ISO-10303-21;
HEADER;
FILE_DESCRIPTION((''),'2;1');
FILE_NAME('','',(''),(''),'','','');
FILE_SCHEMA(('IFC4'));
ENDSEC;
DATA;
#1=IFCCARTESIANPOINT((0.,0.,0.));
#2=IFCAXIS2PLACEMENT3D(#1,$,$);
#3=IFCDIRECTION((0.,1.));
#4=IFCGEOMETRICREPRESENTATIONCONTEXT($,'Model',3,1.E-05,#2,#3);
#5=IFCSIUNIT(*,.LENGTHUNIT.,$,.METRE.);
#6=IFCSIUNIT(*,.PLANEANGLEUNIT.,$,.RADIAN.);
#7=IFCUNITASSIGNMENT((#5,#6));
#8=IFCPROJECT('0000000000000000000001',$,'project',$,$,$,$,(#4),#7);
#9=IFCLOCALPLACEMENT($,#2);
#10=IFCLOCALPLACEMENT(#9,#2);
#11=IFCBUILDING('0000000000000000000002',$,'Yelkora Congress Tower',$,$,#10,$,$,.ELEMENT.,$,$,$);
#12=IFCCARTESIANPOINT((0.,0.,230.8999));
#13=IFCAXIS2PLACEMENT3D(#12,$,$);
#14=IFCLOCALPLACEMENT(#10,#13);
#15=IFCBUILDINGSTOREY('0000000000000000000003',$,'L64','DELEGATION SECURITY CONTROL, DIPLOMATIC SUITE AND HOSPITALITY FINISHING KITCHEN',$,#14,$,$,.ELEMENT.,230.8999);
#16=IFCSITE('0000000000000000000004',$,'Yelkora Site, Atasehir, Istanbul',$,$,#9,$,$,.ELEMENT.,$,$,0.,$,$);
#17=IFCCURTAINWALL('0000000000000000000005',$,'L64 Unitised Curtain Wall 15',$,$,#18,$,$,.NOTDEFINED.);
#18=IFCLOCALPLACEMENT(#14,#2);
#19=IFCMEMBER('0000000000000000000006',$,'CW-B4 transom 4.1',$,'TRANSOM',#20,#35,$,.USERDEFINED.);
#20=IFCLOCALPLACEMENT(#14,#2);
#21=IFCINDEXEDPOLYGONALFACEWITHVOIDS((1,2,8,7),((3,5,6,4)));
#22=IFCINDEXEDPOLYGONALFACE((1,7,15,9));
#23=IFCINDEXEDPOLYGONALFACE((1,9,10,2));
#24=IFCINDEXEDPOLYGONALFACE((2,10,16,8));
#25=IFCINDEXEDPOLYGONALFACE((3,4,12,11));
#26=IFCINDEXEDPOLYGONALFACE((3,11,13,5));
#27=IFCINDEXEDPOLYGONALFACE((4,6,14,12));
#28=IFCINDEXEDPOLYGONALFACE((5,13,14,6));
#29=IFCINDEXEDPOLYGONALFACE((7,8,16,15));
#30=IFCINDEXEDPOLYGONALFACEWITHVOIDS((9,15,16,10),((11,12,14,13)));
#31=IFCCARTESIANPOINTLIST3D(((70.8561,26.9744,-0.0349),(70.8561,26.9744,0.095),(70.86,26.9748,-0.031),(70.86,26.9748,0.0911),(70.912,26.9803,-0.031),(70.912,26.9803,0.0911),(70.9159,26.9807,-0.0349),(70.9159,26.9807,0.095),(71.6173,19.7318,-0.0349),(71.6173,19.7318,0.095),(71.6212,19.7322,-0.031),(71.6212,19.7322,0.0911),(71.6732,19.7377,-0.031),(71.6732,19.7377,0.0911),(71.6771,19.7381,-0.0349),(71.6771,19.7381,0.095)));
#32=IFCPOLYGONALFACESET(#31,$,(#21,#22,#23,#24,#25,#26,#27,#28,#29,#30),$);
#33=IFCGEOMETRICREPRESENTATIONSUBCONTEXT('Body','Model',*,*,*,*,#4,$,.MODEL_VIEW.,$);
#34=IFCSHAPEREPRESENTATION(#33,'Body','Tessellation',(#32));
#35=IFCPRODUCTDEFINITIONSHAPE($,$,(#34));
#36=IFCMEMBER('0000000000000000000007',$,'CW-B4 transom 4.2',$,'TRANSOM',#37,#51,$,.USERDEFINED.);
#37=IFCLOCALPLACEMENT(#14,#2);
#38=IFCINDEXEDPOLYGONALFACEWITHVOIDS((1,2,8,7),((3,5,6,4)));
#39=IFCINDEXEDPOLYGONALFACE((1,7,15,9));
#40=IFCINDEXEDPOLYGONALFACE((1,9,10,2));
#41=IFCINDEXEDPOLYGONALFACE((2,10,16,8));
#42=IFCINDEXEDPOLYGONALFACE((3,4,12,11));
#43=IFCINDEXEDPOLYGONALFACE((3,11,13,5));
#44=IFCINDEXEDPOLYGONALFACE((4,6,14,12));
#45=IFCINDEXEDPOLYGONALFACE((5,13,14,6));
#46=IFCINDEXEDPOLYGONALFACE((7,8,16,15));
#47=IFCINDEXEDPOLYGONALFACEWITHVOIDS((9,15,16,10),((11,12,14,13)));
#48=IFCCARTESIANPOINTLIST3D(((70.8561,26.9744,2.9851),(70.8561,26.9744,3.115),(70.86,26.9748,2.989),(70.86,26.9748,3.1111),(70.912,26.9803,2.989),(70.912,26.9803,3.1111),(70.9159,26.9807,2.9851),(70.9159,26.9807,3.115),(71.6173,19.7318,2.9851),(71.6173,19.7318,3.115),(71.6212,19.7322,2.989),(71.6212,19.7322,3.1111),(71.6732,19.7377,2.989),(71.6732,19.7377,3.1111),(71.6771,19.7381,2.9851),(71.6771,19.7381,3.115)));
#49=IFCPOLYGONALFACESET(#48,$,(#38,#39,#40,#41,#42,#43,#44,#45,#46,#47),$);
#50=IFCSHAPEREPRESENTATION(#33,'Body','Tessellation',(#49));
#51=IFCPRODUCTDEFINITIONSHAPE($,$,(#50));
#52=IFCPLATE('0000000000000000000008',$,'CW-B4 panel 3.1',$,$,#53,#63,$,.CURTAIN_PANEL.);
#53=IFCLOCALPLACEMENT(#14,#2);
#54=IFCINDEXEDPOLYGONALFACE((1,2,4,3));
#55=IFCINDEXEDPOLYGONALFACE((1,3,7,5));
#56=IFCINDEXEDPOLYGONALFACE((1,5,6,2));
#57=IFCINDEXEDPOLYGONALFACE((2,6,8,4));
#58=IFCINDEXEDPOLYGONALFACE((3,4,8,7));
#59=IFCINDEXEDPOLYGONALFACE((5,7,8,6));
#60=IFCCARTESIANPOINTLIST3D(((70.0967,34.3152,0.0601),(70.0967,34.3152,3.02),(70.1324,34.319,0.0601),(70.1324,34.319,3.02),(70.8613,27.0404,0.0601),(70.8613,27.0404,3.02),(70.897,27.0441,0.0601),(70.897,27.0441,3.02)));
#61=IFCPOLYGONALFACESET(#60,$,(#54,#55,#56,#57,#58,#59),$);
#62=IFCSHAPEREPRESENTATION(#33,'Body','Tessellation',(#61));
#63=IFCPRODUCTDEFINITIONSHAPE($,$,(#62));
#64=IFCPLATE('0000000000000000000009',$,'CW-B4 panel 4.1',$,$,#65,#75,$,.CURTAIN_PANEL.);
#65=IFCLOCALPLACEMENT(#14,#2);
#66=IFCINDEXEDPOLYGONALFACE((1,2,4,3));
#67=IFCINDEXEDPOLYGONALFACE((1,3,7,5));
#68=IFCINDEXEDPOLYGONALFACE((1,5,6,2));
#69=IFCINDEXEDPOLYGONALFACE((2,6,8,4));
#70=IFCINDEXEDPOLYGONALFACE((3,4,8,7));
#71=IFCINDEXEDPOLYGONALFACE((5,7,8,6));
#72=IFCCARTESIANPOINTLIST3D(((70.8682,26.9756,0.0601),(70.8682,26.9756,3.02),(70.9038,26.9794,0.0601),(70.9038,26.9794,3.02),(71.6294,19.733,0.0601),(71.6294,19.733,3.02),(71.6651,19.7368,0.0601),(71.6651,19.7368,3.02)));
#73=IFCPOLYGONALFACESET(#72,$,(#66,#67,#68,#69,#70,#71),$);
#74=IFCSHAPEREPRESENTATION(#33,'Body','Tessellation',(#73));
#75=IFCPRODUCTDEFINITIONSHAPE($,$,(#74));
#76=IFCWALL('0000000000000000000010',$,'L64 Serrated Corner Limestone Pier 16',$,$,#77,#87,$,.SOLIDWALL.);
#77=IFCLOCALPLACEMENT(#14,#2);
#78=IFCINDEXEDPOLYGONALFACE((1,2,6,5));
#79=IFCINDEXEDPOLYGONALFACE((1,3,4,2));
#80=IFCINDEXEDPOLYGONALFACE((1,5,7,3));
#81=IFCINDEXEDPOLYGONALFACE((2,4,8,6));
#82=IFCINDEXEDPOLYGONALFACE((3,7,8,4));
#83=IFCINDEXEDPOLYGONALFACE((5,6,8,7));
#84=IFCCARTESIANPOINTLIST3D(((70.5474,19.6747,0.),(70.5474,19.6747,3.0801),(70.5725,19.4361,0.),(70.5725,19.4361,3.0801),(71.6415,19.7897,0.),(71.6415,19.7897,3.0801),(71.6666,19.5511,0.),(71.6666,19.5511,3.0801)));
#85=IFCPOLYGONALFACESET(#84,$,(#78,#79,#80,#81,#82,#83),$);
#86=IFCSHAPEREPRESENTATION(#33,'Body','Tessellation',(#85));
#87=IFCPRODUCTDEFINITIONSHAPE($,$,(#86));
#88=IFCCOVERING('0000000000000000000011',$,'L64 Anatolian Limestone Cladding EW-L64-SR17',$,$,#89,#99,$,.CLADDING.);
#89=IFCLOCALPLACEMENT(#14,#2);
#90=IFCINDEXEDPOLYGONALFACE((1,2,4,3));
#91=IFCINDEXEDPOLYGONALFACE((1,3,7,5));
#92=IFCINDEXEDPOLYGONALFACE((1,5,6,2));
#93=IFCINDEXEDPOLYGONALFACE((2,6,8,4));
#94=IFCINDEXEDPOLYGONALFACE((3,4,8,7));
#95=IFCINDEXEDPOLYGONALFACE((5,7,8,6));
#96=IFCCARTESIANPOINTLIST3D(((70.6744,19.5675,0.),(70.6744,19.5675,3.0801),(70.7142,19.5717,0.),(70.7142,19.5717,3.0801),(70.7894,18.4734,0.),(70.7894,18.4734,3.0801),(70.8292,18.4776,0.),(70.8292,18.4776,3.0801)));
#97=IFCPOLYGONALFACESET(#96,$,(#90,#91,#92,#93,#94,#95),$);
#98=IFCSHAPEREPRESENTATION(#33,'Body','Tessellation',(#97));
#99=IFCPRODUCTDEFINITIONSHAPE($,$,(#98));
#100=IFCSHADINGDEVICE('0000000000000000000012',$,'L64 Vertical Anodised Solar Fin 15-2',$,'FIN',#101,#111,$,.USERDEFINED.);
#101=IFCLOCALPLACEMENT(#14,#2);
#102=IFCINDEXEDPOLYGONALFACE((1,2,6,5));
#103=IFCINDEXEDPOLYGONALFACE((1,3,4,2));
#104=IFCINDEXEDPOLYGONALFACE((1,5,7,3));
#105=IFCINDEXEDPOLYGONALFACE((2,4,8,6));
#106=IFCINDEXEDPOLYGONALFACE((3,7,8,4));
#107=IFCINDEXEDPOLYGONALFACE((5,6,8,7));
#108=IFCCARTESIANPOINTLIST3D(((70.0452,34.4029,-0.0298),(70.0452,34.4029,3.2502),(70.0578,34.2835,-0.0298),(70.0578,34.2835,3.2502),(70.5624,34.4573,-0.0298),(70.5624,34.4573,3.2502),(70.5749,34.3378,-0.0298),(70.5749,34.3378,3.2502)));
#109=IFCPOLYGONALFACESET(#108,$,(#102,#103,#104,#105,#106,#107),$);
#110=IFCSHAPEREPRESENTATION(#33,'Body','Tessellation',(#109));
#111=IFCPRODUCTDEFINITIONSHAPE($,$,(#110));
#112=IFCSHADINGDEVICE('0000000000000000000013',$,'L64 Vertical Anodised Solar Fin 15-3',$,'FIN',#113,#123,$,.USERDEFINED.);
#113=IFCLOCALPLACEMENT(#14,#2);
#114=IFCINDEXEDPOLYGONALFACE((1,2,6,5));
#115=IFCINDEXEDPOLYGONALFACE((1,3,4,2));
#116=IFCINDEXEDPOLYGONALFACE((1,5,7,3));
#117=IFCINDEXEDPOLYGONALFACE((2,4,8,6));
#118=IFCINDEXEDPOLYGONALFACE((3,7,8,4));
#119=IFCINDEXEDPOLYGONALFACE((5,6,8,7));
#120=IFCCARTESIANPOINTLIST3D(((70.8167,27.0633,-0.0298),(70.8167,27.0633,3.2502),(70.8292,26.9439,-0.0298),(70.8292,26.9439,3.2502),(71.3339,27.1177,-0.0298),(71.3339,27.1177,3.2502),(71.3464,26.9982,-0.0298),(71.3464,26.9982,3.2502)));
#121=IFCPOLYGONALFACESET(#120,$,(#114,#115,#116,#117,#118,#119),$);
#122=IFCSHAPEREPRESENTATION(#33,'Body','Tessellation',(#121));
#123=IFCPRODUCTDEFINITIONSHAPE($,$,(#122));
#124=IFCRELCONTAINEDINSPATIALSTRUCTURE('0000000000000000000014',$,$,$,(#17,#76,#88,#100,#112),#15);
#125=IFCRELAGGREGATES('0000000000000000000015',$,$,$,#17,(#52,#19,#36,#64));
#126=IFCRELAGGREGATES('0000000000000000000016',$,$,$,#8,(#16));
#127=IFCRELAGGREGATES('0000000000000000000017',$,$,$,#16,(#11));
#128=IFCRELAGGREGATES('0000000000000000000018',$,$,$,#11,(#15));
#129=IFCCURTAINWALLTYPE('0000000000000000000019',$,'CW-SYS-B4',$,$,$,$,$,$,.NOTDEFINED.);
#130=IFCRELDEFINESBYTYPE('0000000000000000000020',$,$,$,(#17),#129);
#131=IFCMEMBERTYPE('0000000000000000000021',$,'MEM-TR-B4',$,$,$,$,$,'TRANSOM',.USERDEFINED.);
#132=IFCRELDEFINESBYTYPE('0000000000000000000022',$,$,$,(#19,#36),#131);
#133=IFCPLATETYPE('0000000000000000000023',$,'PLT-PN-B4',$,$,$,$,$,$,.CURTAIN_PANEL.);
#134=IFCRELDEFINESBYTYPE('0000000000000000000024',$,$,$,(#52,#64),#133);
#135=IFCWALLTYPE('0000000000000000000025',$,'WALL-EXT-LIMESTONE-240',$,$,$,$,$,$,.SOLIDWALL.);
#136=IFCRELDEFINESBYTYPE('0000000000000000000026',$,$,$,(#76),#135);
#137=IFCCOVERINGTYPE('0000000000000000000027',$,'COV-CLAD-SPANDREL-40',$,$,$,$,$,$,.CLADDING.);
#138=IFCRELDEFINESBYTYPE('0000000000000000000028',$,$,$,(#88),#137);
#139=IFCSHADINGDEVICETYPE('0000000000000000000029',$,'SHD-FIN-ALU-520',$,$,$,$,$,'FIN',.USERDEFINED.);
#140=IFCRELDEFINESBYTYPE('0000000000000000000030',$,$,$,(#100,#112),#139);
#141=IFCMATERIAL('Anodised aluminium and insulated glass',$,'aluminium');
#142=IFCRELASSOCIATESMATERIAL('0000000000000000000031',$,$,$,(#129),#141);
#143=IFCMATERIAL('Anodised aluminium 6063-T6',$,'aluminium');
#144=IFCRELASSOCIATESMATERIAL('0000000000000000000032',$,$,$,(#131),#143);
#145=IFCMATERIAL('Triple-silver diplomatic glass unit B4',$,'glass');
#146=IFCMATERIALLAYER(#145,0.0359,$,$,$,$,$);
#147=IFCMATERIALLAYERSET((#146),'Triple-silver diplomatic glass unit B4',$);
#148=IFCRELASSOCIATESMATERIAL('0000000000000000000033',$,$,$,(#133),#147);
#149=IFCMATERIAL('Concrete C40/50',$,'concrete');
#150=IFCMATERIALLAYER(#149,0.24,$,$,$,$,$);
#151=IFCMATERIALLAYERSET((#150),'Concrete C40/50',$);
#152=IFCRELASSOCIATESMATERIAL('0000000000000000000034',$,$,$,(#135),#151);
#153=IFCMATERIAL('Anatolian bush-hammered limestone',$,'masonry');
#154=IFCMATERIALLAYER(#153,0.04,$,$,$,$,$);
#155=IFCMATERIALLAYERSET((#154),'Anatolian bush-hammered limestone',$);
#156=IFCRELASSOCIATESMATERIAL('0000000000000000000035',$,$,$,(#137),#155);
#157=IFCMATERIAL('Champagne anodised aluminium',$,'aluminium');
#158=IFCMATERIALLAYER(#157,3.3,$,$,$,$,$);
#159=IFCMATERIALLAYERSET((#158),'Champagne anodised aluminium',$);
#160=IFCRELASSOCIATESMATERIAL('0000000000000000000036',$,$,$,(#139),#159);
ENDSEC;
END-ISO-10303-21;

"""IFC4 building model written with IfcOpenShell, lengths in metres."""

from ifc_helpers import new_model, si_unit, direction, frame, frame_2d, origin, origin_2d, place, context, subcontext, project, spatial, rectangle, hollow_rectangle, extrude, material, layer, layer_set, material_profile, profile_set, type_object, element, aggregate, save


model = new_model("IFC4")

# Units and contexts
model_context = context("Model", 3, precision=1e-05, world=origin(), true_north=direction((0.0, 1.0)))
body_context = subcontext(model_context, "Body", "Model", "MODEL_VIEW")
ifc_project = project(units=[si_unit("LENGTHUNIT", "METRE"), si_unit("PLANEANGLEUNIT", "RADIAN")], contexts=[model_context])

# Site, building, storey
site_placement = place(None, origin())
site = spatial("IfcSite", under=ifc_project, at=site_placement, Name="Yelkora Site, Atasehir, Istanbul", CompositionType="ELEMENT", RefElevation=0.0)
building_placement = place(site_placement, origin())
building = spatial("IfcBuilding", under=site, at=building_placement, Name="Yelkora Congress Tower", CompositionType="ELEMENT")
storey_placement = place(building_placement, frame((0.0, 0.0, 230.8999)))
storey = spatial("IfcBuildingStorey", under=building, at=storey_placement, Name="L64", Description="DELEGATION SECURITY CONTROL, DIPLOMATIC SUITE AND HOSPITALITY FINISHING KITCHEN", CompositionType="ELEMENT", Elevation=230.8999)

# Curtain wall, members, plates
ifc_material_1 = material(Name="Anodised aluminium and insulated glass", Category="aluminium")
curtain_wall_type = type_object("IfcCurtainWallType", Name="CW-SYS-B4", PredefinedType="NOTDEFINED", material=ifc_material_1)
curtain_wall_placement = place(storey_placement, origin())
curtain_wall = element("IfcCurtainWall", 1, at=curtain_wall_placement, inside=storey, type_object=curtain_wall_type, Name="L64 Unitised Curtain Wall 15", PredefinedType="NOTDEFINED")
ifc_material_2 = material(Name="Anodised aluminium 6063-T6", Category="aluminium")
ifc_material_profile_1 = material_profile(ifc_material_2, hollow_rectangle(XDim=0.0601, YDim=0.1299, WallThickness=0.0039, at=origin_2d()), Name="ALU 60x130x4")
ifc_profile_set_1 = profile_set([ifc_material_profile_1], Name="Anodised aluminium 6063-T6")
member_type_1 = type_object("IfcMemberType", Name="MEM-TR-B4", ElementType="TRANSOM", PredefinedType="USERDEFINED", material=ifc_profile_set_1)
member_1_placement = place(storey_placement, frame((70.886, 26.9775, 0.03), z_axis=(0.104528, -0.994522, 0.0), x_axis=(0.994522, 0.104528, 0.0)))
member_1 = element("IfcMember", 2, at=member_1_placement, type_object=member_type_1, Name="CW-B4 transom 4.1", ObjectType="TRANSOM", PredefinedType="USERDEFINED", context=body_context, shape_type="SweptSolid", body=[
    extrude(hollow_rectangle(XDim=0.0601, YDim=0.1299, WallThickness=0.0039, at=origin_2d()), origin(), (0.0, 0.0, 1.0), 7.2825),
])
member_2_placement = place(storey_placement, frame((70.886, 26.9775, 3.05), z_axis=(0.104528, -0.994522, 0.0), x_axis=(0.994522, 0.104528, 0.0)))
member_2 = element("IfcMember", 3, at=member_2_placement, type_object=member_type_1, Name="CW-B4 transom 4.2", ObjectType="TRANSOM", PredefinedType="USERDEFINED", context=body_context, shape_type="SweptSolid", body=[
    extrude(hollow_rectangle(XDim=0.0601, YDim=0.1299, WallThickness=0.0039, at=origin_2d()), origin(), (0.0, 0.0, 1.0), 7.2825),
])
ifc_material_3 = material(Name="Triple-silver diplomatic glass unit B4", Category="glass")
ifc_layer_1 = layer(ifc_material_3, 0.0359)
ifc_layer_set_1 = layer_set([ifc_layer_1], Name="Triple-silver diplomatic glass unit B4")
plate_type = type_object("IfcPlateType", Name="PLT-PN-B4", PredefinedType="CURTAIN_PANEL", material=ifc_layer_set_1)
plate_1_placement = place(storey_placement, frame((70.4968, 30.6797, 0.0601), z_axis=(0.0, 0.0, 1.0), x_axis=(0.104526, -0.994522, 0.0)))
plate_1 = element("IfcPlate", 4, at=plate_1_placement, type_object=plate_type, Name="CW-B4 panel 3.1", PredefinedType="CURTAIN_PANEL", context=body_context, shape_type="SweptSolid", body=[
    extrude(rectangle(XDim=7.3149, YDim=0.0359, at=origin_2d()), origin(), (0.0, 0.0, 1.0), 2.96),
])
plate_2_placement = place(storey_placement, frame((71.2666, 23.3562, 0.0601), z_axis=(0.0, 0.0, 1.0), x_axis=(0.104526, -0.994522, 0.0)))
plate_2 = element("IfcPlate", 5, at=plate_2_placement, type_object=plate_type, Name="CW-B4 panel 4.1", PredefinedType="CURTAIN_PANEL", context=body_context, shape_type="SweptSolid", body=[
    extrude(rectangle(XDim=7.2825, YDim=0.0359, at=origin_2d()), origin(), (0.0, 0.0, 1.0), 2.96),
])
aggregate(curtain_wall, [plate_1, member_1, member_2, plate_2])

# Wall
ifc_material_4 = material(Name="Concrete C40/50", Category="concrete")
ifc_layer_2 = layer(ifc_material_4, 0.24)
ifc_layer_set_2 = layer_set([ifc_layer_2], Name="Concrete C40/50")
wall_type = type_object("IfcWallType", Name="WALL-EXT-LIMESTONE-240", PredefinedType="SOLIDWALL", material=ifc_layer_set_2)
wall_placement = place(storey_placement, frame((71.6541, 19.6704, 0.0), z_axis=(0.0, 0.0, 1.0), x_axis=(-0.994521, -0.104535, 0.0)))
element("IfcWall", 6, at=wall_placement, inside=storey, type_object=wall_type, Name="L64 Serrated Corner Limestone Pier 16", PredefinedType="SOLIDWALL", context=body_context, shape_type="SweptSolid", body=[
    extrude(rectangle(XDim=1.1001, YDim=0.24, at=frame_2d((0.55, 0.0))), origin(), (0.0, 0.0, 1.0), 3.0801),
])

# Covering
ifc_material_5 = material(Name="Anatolian bush-hammered limestone", Category="masonry")
ifc_layer_3 = layer(ifc_material_5, 0.04)
ifc_layer_set_3 = layer_set([ifc_layer_3], Name="Anatolian bush-hammered limestone")
covering_type = type_object("IfcCoveringType", Name="COV-CLAD-SPANDREL-40", PredefinedType="CLADDING", material=ifc_layer_set_3)
covering_placement = place(storey_placement, frame((70.6943, 19.5696, 0.0), z_axis=(0.0, 0.0, 1.0), x_axis=(0.104535, -0.994521, 0.0)))
element("IfcCovering", 7, at=covering_placement, inside=storey, type_object=covering_type, Name="L64 Anatolian Limestone Cladding EW-L64-SR17", PredefinedType="CLADDING", context=body_context, shape_type="SweptSolid", body=[
    extrude(rectangle(XDim=1.1001, YDim=0.04, at=frame_2d((0.55, 0.0))), origin(), (0.0, 0.0, 1.0), 3.0801),
])

# Shading devices
ifc_material_6 = material(Name="Champagne anodised aluminium", Category="aluminium")
ifc_layer_4 = layer(ifc_material_6, 3.3)
ifc_layer_set_4 = layer_set([ifc_layer_4], Name="Champagne anodised aluminium")
shading_device_type = type_object("IfcShadingDeviceType", Name="SHD-FIN-ALU-520", ElementType="FIN", PredefinedType="USERDEFINED", material=ifc_layer_set_4)
for number, where, z_axis, x_axis, name in (
    (8, (70.3101, 34.3704, -0.0298), (0.0, 0.0, 1.0), (0.104528, -0.994522, 0.0), "L64 Vertical Anodised Solar Fin 15-2"),
    (9, (71.0815, 27.0308, -0.0298), (0.0, 0.0, 1.0), (0.104528, -0.994522, 0.0), "L64 Vertical Anodised Solar Fin 15-3"),
):
    element("IfcShadingDevice", number, at=place(storey_placement, frame(where, z_axis=z_axis, x_axis=x_axis)), inside=storey, type_object=shading_device_type, Name=name, ObjectType="FIN", PredefinedType="USERDEFINED", context=body_context, shape_type="SweptSolid", body=[
        extrude(rectangle(XDim=0.1201, YDim=0.52, at=origin_2d()), origin(), (0.0, 0.0, 1.0), 3.28),
    ])

save(model, "model.ifc")
